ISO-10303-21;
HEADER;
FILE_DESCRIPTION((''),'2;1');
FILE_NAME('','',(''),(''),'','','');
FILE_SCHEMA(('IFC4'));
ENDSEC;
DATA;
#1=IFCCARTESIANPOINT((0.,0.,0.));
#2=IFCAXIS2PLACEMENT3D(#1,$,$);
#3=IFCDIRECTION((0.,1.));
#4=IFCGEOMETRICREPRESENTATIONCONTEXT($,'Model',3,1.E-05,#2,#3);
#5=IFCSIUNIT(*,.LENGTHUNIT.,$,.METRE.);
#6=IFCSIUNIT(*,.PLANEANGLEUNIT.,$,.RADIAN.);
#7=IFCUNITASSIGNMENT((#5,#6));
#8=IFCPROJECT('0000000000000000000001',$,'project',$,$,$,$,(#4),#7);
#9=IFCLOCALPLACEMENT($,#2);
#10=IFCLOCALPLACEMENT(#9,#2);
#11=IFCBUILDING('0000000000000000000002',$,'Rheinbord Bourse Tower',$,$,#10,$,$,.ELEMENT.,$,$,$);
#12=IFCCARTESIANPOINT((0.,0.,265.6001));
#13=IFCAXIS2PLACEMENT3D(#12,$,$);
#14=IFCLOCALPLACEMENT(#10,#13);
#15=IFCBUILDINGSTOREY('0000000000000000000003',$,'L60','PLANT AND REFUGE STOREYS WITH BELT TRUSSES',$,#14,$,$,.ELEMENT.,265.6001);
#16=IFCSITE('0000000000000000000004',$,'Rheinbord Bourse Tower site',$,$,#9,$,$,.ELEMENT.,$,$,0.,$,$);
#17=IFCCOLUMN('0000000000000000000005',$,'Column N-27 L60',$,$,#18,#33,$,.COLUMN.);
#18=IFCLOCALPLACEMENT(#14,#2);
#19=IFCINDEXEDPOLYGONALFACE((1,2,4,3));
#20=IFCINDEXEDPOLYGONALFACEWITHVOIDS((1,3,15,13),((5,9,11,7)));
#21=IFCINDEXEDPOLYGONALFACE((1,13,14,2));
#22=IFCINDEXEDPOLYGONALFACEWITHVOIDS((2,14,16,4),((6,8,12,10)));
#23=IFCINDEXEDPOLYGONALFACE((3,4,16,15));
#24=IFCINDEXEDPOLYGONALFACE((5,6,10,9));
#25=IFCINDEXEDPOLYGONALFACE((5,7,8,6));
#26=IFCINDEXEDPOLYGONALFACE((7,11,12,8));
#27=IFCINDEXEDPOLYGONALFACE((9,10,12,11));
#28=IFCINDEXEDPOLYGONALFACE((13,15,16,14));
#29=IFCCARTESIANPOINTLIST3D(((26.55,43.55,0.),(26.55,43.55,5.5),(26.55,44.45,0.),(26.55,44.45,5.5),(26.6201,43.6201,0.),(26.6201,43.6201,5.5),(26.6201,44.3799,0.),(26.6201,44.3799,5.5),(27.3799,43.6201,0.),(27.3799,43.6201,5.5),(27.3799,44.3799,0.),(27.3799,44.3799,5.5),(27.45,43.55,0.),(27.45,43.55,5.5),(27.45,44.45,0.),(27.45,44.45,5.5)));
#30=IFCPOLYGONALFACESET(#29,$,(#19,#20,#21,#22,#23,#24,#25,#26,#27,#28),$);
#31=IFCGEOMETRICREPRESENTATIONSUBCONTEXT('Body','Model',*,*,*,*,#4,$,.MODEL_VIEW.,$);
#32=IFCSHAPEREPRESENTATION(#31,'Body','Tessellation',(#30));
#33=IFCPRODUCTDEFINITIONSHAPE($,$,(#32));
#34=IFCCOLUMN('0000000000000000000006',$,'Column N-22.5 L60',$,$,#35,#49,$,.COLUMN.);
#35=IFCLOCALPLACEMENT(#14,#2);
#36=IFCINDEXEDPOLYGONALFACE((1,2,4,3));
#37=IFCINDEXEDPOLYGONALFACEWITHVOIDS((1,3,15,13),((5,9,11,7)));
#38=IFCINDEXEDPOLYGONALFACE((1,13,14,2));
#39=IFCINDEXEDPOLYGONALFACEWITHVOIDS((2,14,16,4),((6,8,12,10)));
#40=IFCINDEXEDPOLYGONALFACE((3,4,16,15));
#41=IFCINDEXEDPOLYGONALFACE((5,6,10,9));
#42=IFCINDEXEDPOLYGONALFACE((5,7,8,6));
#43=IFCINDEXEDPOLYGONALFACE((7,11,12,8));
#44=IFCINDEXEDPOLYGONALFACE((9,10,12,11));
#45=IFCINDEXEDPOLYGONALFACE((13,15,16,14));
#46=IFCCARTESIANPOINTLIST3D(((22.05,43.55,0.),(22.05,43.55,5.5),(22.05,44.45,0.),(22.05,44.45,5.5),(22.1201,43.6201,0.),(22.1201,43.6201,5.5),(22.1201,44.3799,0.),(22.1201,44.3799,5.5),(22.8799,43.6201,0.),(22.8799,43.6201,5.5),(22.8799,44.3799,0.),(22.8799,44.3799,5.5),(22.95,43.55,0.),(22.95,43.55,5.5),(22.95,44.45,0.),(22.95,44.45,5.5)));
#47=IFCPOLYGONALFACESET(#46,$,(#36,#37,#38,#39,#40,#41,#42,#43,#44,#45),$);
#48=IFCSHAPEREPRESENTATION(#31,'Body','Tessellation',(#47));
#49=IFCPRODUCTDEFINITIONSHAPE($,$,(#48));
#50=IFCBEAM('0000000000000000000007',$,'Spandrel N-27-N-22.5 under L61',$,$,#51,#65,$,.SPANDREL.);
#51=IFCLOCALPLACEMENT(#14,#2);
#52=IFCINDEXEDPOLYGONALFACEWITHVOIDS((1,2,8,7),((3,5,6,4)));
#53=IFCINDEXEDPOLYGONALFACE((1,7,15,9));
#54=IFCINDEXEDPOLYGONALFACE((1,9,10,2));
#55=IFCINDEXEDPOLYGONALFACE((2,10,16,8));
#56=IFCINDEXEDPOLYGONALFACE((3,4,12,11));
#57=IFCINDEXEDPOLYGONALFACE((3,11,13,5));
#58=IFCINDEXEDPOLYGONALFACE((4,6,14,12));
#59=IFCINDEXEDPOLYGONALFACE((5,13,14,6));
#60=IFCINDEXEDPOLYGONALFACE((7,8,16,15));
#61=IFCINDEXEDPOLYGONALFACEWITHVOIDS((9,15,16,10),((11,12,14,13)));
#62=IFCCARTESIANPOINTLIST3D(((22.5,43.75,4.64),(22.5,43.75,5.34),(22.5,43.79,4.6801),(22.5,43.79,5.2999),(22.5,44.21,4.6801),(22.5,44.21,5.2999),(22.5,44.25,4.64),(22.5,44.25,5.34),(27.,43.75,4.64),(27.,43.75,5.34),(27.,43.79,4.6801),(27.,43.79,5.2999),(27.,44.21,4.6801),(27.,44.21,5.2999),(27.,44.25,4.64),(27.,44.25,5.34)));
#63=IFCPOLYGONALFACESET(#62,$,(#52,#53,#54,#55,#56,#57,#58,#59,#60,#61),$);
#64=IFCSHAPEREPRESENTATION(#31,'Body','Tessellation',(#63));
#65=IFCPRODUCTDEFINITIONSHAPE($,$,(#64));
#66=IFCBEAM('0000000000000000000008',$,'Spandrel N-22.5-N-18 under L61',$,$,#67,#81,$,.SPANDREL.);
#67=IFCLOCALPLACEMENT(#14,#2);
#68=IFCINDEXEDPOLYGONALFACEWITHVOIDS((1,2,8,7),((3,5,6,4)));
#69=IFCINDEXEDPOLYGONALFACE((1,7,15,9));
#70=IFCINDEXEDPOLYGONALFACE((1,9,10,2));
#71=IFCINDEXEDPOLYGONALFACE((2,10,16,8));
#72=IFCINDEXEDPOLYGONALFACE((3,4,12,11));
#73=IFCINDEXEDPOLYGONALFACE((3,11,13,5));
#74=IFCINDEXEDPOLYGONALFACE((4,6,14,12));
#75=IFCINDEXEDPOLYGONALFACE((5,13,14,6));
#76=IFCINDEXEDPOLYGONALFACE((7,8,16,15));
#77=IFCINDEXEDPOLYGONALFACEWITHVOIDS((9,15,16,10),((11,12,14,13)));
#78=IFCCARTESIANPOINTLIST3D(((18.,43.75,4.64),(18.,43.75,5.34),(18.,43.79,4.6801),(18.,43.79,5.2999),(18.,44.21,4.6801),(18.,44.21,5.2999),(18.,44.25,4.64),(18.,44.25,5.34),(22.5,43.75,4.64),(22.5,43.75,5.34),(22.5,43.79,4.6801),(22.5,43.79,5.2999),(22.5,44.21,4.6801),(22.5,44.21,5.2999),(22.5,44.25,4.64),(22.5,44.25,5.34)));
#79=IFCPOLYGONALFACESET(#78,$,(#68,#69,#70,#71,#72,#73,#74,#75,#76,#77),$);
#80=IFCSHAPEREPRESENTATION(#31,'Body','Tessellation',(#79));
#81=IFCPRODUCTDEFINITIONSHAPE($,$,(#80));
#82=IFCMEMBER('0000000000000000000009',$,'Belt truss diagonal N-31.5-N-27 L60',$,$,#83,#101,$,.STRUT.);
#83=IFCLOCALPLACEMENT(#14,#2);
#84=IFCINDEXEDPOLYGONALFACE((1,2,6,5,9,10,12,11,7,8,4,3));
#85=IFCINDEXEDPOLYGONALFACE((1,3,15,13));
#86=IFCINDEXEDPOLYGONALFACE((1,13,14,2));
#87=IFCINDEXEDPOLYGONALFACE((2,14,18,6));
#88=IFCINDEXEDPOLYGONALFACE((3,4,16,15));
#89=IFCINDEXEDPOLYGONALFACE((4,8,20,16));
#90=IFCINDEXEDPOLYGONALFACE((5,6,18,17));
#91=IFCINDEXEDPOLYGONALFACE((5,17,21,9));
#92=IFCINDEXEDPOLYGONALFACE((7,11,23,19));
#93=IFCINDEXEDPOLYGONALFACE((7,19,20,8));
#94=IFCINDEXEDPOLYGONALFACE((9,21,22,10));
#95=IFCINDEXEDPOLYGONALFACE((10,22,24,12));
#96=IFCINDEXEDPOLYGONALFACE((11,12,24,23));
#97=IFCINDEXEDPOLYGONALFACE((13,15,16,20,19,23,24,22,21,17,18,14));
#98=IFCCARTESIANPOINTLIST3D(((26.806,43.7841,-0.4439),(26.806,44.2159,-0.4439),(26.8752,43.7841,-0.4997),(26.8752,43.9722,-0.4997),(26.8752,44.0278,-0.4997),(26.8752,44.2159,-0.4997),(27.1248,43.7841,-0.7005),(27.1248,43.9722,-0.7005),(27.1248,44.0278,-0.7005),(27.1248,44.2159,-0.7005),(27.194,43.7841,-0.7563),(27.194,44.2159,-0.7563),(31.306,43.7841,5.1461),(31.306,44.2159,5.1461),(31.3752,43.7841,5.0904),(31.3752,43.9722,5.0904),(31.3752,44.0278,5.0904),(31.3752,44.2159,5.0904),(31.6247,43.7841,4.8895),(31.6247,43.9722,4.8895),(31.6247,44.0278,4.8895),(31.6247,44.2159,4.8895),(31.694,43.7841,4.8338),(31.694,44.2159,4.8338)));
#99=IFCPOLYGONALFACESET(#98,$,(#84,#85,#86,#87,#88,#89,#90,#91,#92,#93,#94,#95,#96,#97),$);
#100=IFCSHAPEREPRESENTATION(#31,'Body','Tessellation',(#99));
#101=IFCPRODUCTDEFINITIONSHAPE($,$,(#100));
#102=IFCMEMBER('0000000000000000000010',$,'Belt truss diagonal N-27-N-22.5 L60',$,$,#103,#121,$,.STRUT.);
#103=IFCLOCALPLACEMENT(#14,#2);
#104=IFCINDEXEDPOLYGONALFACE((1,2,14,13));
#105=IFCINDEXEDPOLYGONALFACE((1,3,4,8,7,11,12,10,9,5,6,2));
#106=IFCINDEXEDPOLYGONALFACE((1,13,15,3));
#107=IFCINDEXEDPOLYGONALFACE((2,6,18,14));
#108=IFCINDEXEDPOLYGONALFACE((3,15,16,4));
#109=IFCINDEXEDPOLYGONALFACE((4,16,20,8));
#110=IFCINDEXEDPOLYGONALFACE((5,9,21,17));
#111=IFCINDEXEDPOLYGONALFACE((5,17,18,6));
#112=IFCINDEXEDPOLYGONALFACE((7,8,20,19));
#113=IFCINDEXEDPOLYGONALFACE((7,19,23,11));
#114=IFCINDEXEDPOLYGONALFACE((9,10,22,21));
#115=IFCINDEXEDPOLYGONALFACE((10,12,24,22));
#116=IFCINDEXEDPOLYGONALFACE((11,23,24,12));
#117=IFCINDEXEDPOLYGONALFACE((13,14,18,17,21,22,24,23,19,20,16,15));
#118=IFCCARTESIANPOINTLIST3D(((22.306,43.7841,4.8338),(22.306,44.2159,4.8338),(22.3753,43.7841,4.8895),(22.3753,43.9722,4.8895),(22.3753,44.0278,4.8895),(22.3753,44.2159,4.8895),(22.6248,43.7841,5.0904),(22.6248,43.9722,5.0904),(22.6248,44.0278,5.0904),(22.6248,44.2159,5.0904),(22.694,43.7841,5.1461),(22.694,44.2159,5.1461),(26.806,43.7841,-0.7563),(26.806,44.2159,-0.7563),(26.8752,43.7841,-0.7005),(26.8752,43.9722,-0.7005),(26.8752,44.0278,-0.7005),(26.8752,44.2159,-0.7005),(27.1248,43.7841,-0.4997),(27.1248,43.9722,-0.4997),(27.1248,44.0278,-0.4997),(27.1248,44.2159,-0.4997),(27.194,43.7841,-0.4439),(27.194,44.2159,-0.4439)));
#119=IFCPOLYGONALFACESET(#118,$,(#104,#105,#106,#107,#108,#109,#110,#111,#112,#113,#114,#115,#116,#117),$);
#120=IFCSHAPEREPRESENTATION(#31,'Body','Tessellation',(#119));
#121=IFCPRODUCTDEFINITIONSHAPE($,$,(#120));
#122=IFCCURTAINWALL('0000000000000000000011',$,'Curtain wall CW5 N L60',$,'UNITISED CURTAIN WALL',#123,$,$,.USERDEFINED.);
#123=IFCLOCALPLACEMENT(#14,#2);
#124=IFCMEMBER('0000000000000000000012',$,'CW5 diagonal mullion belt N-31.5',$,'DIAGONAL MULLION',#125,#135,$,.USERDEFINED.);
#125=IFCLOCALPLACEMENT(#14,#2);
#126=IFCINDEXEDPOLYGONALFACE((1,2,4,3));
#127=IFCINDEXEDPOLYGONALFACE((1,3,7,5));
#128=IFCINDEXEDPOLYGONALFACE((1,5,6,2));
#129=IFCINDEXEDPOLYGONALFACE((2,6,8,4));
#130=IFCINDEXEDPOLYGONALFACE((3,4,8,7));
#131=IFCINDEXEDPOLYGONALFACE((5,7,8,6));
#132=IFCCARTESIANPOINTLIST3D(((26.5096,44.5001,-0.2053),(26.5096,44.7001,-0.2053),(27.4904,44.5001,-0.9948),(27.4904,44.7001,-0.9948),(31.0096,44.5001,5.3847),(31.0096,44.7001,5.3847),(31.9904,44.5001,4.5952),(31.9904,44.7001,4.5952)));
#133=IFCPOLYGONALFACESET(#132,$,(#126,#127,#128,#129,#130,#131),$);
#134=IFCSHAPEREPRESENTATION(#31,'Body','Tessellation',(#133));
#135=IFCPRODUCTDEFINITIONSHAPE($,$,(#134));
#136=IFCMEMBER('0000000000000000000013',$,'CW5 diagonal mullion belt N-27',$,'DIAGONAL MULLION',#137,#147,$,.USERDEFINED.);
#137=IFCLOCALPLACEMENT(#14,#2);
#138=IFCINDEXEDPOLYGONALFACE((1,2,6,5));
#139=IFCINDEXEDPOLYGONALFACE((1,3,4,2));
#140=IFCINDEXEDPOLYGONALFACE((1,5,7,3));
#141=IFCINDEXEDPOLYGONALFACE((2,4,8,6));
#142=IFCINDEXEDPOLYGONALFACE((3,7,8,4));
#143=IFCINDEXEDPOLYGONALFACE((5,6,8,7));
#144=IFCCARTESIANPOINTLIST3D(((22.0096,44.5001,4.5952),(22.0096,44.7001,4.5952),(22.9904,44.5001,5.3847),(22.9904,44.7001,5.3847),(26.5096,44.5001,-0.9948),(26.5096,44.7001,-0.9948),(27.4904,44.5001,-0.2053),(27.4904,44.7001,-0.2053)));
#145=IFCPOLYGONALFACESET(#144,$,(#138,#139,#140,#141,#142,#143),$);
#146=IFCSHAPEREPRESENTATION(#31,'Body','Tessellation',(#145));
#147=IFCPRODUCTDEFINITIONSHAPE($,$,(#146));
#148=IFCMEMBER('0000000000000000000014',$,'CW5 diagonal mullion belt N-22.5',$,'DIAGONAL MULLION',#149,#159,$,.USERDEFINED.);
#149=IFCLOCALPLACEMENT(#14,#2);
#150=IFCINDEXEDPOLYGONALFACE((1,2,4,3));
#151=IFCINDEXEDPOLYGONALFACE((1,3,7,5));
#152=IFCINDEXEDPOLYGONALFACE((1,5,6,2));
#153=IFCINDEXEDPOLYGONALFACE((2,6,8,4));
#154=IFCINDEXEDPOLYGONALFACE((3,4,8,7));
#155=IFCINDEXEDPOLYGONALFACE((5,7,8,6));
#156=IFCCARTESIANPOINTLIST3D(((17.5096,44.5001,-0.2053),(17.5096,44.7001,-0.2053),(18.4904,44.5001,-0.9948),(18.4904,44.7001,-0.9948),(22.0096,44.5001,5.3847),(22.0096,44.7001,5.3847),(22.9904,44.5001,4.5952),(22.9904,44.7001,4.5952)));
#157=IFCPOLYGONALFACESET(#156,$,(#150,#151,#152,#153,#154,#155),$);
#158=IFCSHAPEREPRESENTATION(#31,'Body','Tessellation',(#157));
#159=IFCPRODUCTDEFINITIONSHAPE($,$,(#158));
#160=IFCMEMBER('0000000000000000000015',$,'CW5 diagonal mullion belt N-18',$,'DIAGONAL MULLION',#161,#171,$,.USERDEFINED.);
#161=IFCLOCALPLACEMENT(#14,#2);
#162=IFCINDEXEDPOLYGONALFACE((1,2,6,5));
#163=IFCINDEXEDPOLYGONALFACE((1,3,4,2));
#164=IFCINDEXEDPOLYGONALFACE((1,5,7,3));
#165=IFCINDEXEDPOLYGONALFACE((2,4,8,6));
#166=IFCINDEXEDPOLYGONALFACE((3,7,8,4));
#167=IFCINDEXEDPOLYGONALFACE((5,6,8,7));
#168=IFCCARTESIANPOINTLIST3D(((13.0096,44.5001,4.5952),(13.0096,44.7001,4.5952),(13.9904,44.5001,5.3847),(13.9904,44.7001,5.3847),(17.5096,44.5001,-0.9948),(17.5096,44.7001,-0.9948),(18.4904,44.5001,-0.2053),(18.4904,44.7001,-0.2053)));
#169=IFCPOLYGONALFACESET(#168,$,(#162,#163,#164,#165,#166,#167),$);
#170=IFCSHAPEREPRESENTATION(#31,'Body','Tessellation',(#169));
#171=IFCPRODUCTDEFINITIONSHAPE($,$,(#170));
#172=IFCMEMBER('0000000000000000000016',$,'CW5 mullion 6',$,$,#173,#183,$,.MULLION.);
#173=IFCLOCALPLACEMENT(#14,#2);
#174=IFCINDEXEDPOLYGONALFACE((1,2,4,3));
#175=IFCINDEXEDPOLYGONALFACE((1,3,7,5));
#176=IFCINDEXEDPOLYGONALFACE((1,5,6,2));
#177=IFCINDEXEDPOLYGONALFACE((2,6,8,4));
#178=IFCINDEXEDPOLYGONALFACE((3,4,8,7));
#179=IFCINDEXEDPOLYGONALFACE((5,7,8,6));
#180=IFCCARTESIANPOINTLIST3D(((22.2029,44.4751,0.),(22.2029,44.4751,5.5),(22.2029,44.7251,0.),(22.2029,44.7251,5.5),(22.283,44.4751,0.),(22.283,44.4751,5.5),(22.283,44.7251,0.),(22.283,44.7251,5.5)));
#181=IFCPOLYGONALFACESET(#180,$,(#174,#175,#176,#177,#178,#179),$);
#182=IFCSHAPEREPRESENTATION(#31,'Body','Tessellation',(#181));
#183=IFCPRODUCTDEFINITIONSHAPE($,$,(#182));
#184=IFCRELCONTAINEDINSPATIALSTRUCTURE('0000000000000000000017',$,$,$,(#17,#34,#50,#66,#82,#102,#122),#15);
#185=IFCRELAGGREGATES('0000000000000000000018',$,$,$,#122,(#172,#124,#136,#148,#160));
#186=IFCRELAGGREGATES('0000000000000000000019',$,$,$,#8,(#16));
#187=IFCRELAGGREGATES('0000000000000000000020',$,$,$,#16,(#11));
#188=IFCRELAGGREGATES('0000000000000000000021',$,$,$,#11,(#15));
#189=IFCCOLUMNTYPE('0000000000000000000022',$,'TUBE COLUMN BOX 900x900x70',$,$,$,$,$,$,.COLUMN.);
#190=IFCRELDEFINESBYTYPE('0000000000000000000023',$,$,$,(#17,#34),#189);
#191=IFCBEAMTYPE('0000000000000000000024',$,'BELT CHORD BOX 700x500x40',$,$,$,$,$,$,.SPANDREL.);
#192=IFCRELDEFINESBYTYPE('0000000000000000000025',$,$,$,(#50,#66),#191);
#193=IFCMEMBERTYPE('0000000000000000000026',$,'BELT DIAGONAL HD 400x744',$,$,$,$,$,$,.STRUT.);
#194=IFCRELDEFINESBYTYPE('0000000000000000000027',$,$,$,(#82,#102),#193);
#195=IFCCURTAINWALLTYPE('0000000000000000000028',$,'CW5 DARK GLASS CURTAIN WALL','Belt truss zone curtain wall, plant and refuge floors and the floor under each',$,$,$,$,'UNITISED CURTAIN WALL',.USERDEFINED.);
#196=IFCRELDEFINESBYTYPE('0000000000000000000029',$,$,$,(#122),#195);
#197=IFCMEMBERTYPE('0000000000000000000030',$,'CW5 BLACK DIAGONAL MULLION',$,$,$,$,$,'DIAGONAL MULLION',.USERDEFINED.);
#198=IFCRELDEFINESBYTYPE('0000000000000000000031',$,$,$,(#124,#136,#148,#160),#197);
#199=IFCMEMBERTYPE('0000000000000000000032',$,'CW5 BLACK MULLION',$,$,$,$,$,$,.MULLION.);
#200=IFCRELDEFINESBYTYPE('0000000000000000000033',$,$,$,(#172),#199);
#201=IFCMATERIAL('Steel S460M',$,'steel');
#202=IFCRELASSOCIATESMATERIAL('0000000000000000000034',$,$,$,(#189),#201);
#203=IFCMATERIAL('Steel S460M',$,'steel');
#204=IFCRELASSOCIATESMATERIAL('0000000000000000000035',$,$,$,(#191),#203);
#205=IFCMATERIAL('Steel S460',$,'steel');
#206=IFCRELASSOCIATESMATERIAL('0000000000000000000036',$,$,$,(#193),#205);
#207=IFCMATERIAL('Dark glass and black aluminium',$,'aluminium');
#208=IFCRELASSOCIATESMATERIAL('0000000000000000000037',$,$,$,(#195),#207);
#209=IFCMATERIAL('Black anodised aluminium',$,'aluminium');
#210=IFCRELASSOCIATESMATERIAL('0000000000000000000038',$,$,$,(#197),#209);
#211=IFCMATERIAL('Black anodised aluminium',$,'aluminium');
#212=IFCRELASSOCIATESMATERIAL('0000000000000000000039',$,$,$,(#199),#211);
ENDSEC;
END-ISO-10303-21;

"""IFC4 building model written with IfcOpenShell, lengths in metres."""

from ifc_helpers import new_model, si_unit, direction, frame, origin, origin_2d, place, context, subcontext, project, spatial, rectangle, hollow_rectangle, i_section, extrude, material, material_profile, profile_set, type_object, element, aggregate, save


model = new_model("IFC4")

# Units and contexts
model_context = context("Model", 3, precision=1e-05, world=origin(), true_north=direction((0.0, 1.0)))
body_context = subcontext(model_context, "Body", "Model", "MODEL_VIEW")
ifc_project = project(units=[si_unit("LENGTHUNIT", "METRE"), si_unit("PLANEANGLEUNIT", "RADIAN")], contexts=[model_context])

# Site, building, storey
site_placement = place(None, origin())
site = spatial("IfcSite", under=ifc_project, at=site_placement, Name="Rheinbord Bourse Tower site", CompositionType="ELEMENT", RefElevation=0.0)
building_placement = place(site_placement, origin())
building = spatial("IfcBuilding", under=site, at=building_placement, Name="Rheinbord Bourse Tower", CompositionType="ELEMENT")
storey_placement = place(building_placement, frame((0.0, 0.0, 265.6001)))
storey = spatial("IfcBuildingStorey", under=building, at=storey_placement, Name="L60", Description="PLANT AND REFUGE STOREYS WITH BELT TRUSSES", CompositionType="ELEMENT", Elevation=265.6001)

# Columns
ifc_material_1 = material(Name="Steel S460M", Category="steel")
ifc_material_profile_1 = material_profile(ifc_material_1, hollow_rectangle(XDim=0.8999, YDim=0.8999, WallThickness=0.0701, at=origin_2d()), Name="BOX 900x900x70")
ifc_profile_set_1 = profile_set([ifc_material_profile_1], Name="Steel S460M")
column_type = type_object("IfcColumnType", Name="TUBE COLUMN BOX 900x900x70", PredefinedType="COLUMN", material=ifc_profile_set_1)
for number, where, z_axis, x_axis, name in (
    (1, (27.0, 44.0, 0.0), (0.0, 0.0, 1.0), (0.0, 1.0, 0.0), "Column N-27 L60"),
    (2, (22.5, 44.0, 0.0), (0.0, 0.0, 1.0), (0.0, 1.0, 0.0), "Column N-22.5 L60"),
):
    element("IfcColumn", number, at=place(storey_placement, frame(where, z_axis=z_axis, x_axis=x_axis)), inside=storey, type_object=column_type, Name=name, PredefinedType="COLUMN", context=body_context, shape_type="SweptSolid", body=[
        extrude(hollow_rectangle(XDim=0.8999, YDim=0.8999, WallThickness=0.0701, at=origin_2d()), origin(), (0.0, 0.0, 1.0), 5.5),
    ])

# Beams
ifc_material_2 = material(Name="Steel S460M", Category="steel")
ifc_material_profile_2 = material_profile(ifc_material_2, hollow_rectangle(XDim=0.5, YDim=0.7, WallThickness=0.04, at=origin_2d()), Name="BOX 700x500x40")
ifc_profile_set_2 = profile_set([ifc_material_profile_2], Name="Steel S460M")
beam_type_1 = type_object("IfcBeamType", Name="BELT CHORD BOX 700x500x40", PredefinedType="SPANDREL", material=ifc_profile_set_2)
for number, where, z_axis, x_axis, name in (
    (3, (27.0, 44.0, 4.99), (-1.0, 0.0, 0.0), (0.0, -1.0, 0.0), "Spandrel N-27-N-22.5 under L61"),
    (4, (22.5, 44.0, 4.99), (-1.0, 0.0, 0.0), (0.0, -1.0, 0.0), "Spandrel N-22.5-N-18 under L61"),
):
    element("IfcBeam", number, at=place(storey_placement, frame(where, z_axis=z_axis, x_axis=x_axis)), inside=storey, type_object=beam_type_1, Name=name, PredefinedType="SPANDREL", context=body_context, shape_type="SweptSolid", body=[
        extrude(hollow_rectangle(XDim=0.5, YDim=0.7, WallThickness=0.04, at=origin_2d()), origin(), (0.0, 0.0, 1.0), 4.5),
    ])

# Members
ifc_material_3 = material(Name="Steel S460", Category="steel")
ifc_material_profile_3 = material_profile(ifc_material_3, i_section(OverallWidth=0.4319, OverallDepth=0.498, WebThickness=0.0557, FlangeThickness=0.0889, at=origin_2d()), Name="HD 400x744")
ifc_profile_set_3 = profile_set([ifc_material_profile_3], Name="Steel S460")
member_type_1 = type_object("IfcMemberType", Name="BELT DIAGONAL HD 400x744", PredefinedType="STRUT", material=ifc_profile_set_3)
for number, where, z_axis, x_axis, name in (
    (5, (27.0, 44.0, -0.6001), (0.627065, 0.0, 0.778967), (0.0, 1.0, 0.0), "Belt truss diagonal N-31.5-N-27 L60"),
    (6, (27.0, 44.0, -0.6001), (-0.627065, 0.0, 0.778967), (0.0, -1.0, 0.0), "Belt truss diagonal N-27-N-22.5 L60"),
):
    element("IfcMember", number, at=place(storey_placement, frame(where, z_axis=z_axis, x_axis=x_axis)), inside=storey, type_object=member_type_1, Name=name, PredefinedType="STRUT", context=body_context, shape_type="SweptSolid", body=[
        extrude(i_section(OverallWidth=0.4319, OverallDepth=0.498, WebThickness=0.0557, FlangeThickness=0.0889, at=origin_2d()), origin(), (0.0, 0.0, 1.0), 7.1763),
    ])

# Curtain wall, members
ifc_material_4 = material(Name="Dark glass and black aluminium", Category="aluminium")
curtain_wall_type = type_object("IfcCurtainWallType", Name="CW5 DARK GLASS CURTAIN WALL", Description="Belt truss zone curtain wall, plant and refuge floors and the floor under each", ElementType="UNITISED CURTAIN WALL", PredefinedType="USERDEFINED", material=ifc_material_4)
curtain_wall_placement = place(storey_placement, origin())
curtain_wall = element("IfcCurtainWall", 7, at=curtain_wall_placement, inside=storey, type_object=curtain_wall_type, Name="Curtain wall CW5 N L60", ObjectType="UNITISED CURTAIN WALL", PredefinedType="USERDEFINED")
ifc_material_5 = material(Name="Black anodised aluminium", Category="aluminium")
ifc_material_profile_4 = material_profile(ifc_material_5, rectangle(XDim=0.2, YDim=1.259, at=origin_2d()), Name="CW5 DIAGONAL MULLION 1259x200")
ifc_profile_set_4 = profile_set([ifc_material_profile_4], Name="Black anodised aluminium")
member_type_2 = type_object("IfcMemberType", Name="CW5 BLACK DIAGONAL MULLION", ElementType="DIAGONAL MULLION", PredefinedType="USERDEFINED", material=ifc_profile_set_4)
member_1_placement = place(storey_placement, frame((27.0, 44.6001, -0.6001), z_axis=(0.627065, 0.0, 0.778967), x_axis=(0.0, 1.0, 0.0)))
member_1 = element("IfcMember", 8, at=member_1_placement, type_object=member_type_2, Name="CW5 diagonal mullion belt N-31.5", ObjectType="DIAGONAL MULLION", PredefinedType="USERDEFINED", context=body_context, shape_type="SweptSolid", body=[
    extrude(rectangle(XDim=0.2, YDim=1.259, at=origin_2d()), origin(), (0.0, 0.0, 1.0), 7.1763),
])
member_2_placement = place(storey_placement, frame((27.0, 44.6001, -0.6001), z_axis=(-0.627065, 0.0, 0.778967), x_axis=(0.0, -1.0, 0.0)))
member_2 = element("IfcMember", 9, at=member_2_placement, type_object=member_type_2, Name="CW5 diagonal mullion belt N-27", ObjectType="DIAGONAL MULLION", PredefinedType="USERDEFINED", context=body_context, shape_type="SweptSolid", body=[
    extrude(rectangle(XDim=0.2, YDim=1.259, at=origin_2d()), origin(), (0.0, 0.0, 1.0), 7.1763),
])
member_3_placement = place(storey_placement, frame((18.0, 44.6001, -0.6001), z_axis=(0.627065, 0.0, 0.778967), x_axis=(0.0, 1.0, 0.0)))
member_3 = element("IfcMember", 10, at=member_3_placement, type_object=member_type_2, Name="CW5 diagonal mullion belt N-22.5", ObjectType="DIAGONAL MULLION", PredefinedType="USERDEFINED", context=body_context, shape_type="SweptSolid", body=[
    extrude(rectangle(XDim=0.2, YDim=1.259, at=origin_2d()), origin(), (0.0, 0.0, 1.0), 7.1763),
])
member_4_placement = place(storey_placement, frame((18.0, 44.6001, -0.6001), z_axis=(-0.627065, 0.0, 0.778967), x_axis=(0.0, -1.0, 0.0)))
member_4 = element("IfcMember", 11, at=member_4_placement, type_object=member_type_2, Name="CW5 diagonal mullion belt N-18", ObjectType="DIAGONAL MULLION", PredefinedType="USERDEFINED", context=body_context, shape_type="SweptSolid", body=[
    extrude(rectangle(XDim=0.2, YDim=1.259, at=origin_2d()), origin(), (0.0, 0.0, 1.0), 7.1763),
])
ifc_material_6 = material(Name="Black anodised aluminium", Category="aluminium")
ifc_material_profile_5 = material_profile(ifc_material_6, rectangle(XDim=0.25, YDim=0.0801, at=origin_2d()), Name="CW5 MULLION 80x250")
ifc_profile_set_5 = profile_set([ifc_material_profile_5], Name="Black anodised aluminium")
member_type_3 = type_object("IfcMemberType", Name="CW5 BLACK MULLION", PredefinedType="MULLION", material=ifc_profile_set_5)
member_5_placement = place(storey_placement, frame((22.2429, 44.6001, 0.0), z_axis=(0.0, 0.0, 1.0), x_axis=(0.0, -1.0, 0.0)))
member_5 = element("IfcMember", 12, at=member_5_placement, type_object=member_type_3, Name="CW5 mullion 6", PredefinedType="MULLION", context=body_context, shape_type="SweptSolid", body=[
    extrude(rectangle(XDim=0.25, YDim=0.0801, at=origin_2d()), origin(), (0.0, 0.0, 1.0), 5.5),
])

aggregate(curtain_wall, [member_5, member_1, member_2, member_3, member_4])

save(model, "model.ifc")
